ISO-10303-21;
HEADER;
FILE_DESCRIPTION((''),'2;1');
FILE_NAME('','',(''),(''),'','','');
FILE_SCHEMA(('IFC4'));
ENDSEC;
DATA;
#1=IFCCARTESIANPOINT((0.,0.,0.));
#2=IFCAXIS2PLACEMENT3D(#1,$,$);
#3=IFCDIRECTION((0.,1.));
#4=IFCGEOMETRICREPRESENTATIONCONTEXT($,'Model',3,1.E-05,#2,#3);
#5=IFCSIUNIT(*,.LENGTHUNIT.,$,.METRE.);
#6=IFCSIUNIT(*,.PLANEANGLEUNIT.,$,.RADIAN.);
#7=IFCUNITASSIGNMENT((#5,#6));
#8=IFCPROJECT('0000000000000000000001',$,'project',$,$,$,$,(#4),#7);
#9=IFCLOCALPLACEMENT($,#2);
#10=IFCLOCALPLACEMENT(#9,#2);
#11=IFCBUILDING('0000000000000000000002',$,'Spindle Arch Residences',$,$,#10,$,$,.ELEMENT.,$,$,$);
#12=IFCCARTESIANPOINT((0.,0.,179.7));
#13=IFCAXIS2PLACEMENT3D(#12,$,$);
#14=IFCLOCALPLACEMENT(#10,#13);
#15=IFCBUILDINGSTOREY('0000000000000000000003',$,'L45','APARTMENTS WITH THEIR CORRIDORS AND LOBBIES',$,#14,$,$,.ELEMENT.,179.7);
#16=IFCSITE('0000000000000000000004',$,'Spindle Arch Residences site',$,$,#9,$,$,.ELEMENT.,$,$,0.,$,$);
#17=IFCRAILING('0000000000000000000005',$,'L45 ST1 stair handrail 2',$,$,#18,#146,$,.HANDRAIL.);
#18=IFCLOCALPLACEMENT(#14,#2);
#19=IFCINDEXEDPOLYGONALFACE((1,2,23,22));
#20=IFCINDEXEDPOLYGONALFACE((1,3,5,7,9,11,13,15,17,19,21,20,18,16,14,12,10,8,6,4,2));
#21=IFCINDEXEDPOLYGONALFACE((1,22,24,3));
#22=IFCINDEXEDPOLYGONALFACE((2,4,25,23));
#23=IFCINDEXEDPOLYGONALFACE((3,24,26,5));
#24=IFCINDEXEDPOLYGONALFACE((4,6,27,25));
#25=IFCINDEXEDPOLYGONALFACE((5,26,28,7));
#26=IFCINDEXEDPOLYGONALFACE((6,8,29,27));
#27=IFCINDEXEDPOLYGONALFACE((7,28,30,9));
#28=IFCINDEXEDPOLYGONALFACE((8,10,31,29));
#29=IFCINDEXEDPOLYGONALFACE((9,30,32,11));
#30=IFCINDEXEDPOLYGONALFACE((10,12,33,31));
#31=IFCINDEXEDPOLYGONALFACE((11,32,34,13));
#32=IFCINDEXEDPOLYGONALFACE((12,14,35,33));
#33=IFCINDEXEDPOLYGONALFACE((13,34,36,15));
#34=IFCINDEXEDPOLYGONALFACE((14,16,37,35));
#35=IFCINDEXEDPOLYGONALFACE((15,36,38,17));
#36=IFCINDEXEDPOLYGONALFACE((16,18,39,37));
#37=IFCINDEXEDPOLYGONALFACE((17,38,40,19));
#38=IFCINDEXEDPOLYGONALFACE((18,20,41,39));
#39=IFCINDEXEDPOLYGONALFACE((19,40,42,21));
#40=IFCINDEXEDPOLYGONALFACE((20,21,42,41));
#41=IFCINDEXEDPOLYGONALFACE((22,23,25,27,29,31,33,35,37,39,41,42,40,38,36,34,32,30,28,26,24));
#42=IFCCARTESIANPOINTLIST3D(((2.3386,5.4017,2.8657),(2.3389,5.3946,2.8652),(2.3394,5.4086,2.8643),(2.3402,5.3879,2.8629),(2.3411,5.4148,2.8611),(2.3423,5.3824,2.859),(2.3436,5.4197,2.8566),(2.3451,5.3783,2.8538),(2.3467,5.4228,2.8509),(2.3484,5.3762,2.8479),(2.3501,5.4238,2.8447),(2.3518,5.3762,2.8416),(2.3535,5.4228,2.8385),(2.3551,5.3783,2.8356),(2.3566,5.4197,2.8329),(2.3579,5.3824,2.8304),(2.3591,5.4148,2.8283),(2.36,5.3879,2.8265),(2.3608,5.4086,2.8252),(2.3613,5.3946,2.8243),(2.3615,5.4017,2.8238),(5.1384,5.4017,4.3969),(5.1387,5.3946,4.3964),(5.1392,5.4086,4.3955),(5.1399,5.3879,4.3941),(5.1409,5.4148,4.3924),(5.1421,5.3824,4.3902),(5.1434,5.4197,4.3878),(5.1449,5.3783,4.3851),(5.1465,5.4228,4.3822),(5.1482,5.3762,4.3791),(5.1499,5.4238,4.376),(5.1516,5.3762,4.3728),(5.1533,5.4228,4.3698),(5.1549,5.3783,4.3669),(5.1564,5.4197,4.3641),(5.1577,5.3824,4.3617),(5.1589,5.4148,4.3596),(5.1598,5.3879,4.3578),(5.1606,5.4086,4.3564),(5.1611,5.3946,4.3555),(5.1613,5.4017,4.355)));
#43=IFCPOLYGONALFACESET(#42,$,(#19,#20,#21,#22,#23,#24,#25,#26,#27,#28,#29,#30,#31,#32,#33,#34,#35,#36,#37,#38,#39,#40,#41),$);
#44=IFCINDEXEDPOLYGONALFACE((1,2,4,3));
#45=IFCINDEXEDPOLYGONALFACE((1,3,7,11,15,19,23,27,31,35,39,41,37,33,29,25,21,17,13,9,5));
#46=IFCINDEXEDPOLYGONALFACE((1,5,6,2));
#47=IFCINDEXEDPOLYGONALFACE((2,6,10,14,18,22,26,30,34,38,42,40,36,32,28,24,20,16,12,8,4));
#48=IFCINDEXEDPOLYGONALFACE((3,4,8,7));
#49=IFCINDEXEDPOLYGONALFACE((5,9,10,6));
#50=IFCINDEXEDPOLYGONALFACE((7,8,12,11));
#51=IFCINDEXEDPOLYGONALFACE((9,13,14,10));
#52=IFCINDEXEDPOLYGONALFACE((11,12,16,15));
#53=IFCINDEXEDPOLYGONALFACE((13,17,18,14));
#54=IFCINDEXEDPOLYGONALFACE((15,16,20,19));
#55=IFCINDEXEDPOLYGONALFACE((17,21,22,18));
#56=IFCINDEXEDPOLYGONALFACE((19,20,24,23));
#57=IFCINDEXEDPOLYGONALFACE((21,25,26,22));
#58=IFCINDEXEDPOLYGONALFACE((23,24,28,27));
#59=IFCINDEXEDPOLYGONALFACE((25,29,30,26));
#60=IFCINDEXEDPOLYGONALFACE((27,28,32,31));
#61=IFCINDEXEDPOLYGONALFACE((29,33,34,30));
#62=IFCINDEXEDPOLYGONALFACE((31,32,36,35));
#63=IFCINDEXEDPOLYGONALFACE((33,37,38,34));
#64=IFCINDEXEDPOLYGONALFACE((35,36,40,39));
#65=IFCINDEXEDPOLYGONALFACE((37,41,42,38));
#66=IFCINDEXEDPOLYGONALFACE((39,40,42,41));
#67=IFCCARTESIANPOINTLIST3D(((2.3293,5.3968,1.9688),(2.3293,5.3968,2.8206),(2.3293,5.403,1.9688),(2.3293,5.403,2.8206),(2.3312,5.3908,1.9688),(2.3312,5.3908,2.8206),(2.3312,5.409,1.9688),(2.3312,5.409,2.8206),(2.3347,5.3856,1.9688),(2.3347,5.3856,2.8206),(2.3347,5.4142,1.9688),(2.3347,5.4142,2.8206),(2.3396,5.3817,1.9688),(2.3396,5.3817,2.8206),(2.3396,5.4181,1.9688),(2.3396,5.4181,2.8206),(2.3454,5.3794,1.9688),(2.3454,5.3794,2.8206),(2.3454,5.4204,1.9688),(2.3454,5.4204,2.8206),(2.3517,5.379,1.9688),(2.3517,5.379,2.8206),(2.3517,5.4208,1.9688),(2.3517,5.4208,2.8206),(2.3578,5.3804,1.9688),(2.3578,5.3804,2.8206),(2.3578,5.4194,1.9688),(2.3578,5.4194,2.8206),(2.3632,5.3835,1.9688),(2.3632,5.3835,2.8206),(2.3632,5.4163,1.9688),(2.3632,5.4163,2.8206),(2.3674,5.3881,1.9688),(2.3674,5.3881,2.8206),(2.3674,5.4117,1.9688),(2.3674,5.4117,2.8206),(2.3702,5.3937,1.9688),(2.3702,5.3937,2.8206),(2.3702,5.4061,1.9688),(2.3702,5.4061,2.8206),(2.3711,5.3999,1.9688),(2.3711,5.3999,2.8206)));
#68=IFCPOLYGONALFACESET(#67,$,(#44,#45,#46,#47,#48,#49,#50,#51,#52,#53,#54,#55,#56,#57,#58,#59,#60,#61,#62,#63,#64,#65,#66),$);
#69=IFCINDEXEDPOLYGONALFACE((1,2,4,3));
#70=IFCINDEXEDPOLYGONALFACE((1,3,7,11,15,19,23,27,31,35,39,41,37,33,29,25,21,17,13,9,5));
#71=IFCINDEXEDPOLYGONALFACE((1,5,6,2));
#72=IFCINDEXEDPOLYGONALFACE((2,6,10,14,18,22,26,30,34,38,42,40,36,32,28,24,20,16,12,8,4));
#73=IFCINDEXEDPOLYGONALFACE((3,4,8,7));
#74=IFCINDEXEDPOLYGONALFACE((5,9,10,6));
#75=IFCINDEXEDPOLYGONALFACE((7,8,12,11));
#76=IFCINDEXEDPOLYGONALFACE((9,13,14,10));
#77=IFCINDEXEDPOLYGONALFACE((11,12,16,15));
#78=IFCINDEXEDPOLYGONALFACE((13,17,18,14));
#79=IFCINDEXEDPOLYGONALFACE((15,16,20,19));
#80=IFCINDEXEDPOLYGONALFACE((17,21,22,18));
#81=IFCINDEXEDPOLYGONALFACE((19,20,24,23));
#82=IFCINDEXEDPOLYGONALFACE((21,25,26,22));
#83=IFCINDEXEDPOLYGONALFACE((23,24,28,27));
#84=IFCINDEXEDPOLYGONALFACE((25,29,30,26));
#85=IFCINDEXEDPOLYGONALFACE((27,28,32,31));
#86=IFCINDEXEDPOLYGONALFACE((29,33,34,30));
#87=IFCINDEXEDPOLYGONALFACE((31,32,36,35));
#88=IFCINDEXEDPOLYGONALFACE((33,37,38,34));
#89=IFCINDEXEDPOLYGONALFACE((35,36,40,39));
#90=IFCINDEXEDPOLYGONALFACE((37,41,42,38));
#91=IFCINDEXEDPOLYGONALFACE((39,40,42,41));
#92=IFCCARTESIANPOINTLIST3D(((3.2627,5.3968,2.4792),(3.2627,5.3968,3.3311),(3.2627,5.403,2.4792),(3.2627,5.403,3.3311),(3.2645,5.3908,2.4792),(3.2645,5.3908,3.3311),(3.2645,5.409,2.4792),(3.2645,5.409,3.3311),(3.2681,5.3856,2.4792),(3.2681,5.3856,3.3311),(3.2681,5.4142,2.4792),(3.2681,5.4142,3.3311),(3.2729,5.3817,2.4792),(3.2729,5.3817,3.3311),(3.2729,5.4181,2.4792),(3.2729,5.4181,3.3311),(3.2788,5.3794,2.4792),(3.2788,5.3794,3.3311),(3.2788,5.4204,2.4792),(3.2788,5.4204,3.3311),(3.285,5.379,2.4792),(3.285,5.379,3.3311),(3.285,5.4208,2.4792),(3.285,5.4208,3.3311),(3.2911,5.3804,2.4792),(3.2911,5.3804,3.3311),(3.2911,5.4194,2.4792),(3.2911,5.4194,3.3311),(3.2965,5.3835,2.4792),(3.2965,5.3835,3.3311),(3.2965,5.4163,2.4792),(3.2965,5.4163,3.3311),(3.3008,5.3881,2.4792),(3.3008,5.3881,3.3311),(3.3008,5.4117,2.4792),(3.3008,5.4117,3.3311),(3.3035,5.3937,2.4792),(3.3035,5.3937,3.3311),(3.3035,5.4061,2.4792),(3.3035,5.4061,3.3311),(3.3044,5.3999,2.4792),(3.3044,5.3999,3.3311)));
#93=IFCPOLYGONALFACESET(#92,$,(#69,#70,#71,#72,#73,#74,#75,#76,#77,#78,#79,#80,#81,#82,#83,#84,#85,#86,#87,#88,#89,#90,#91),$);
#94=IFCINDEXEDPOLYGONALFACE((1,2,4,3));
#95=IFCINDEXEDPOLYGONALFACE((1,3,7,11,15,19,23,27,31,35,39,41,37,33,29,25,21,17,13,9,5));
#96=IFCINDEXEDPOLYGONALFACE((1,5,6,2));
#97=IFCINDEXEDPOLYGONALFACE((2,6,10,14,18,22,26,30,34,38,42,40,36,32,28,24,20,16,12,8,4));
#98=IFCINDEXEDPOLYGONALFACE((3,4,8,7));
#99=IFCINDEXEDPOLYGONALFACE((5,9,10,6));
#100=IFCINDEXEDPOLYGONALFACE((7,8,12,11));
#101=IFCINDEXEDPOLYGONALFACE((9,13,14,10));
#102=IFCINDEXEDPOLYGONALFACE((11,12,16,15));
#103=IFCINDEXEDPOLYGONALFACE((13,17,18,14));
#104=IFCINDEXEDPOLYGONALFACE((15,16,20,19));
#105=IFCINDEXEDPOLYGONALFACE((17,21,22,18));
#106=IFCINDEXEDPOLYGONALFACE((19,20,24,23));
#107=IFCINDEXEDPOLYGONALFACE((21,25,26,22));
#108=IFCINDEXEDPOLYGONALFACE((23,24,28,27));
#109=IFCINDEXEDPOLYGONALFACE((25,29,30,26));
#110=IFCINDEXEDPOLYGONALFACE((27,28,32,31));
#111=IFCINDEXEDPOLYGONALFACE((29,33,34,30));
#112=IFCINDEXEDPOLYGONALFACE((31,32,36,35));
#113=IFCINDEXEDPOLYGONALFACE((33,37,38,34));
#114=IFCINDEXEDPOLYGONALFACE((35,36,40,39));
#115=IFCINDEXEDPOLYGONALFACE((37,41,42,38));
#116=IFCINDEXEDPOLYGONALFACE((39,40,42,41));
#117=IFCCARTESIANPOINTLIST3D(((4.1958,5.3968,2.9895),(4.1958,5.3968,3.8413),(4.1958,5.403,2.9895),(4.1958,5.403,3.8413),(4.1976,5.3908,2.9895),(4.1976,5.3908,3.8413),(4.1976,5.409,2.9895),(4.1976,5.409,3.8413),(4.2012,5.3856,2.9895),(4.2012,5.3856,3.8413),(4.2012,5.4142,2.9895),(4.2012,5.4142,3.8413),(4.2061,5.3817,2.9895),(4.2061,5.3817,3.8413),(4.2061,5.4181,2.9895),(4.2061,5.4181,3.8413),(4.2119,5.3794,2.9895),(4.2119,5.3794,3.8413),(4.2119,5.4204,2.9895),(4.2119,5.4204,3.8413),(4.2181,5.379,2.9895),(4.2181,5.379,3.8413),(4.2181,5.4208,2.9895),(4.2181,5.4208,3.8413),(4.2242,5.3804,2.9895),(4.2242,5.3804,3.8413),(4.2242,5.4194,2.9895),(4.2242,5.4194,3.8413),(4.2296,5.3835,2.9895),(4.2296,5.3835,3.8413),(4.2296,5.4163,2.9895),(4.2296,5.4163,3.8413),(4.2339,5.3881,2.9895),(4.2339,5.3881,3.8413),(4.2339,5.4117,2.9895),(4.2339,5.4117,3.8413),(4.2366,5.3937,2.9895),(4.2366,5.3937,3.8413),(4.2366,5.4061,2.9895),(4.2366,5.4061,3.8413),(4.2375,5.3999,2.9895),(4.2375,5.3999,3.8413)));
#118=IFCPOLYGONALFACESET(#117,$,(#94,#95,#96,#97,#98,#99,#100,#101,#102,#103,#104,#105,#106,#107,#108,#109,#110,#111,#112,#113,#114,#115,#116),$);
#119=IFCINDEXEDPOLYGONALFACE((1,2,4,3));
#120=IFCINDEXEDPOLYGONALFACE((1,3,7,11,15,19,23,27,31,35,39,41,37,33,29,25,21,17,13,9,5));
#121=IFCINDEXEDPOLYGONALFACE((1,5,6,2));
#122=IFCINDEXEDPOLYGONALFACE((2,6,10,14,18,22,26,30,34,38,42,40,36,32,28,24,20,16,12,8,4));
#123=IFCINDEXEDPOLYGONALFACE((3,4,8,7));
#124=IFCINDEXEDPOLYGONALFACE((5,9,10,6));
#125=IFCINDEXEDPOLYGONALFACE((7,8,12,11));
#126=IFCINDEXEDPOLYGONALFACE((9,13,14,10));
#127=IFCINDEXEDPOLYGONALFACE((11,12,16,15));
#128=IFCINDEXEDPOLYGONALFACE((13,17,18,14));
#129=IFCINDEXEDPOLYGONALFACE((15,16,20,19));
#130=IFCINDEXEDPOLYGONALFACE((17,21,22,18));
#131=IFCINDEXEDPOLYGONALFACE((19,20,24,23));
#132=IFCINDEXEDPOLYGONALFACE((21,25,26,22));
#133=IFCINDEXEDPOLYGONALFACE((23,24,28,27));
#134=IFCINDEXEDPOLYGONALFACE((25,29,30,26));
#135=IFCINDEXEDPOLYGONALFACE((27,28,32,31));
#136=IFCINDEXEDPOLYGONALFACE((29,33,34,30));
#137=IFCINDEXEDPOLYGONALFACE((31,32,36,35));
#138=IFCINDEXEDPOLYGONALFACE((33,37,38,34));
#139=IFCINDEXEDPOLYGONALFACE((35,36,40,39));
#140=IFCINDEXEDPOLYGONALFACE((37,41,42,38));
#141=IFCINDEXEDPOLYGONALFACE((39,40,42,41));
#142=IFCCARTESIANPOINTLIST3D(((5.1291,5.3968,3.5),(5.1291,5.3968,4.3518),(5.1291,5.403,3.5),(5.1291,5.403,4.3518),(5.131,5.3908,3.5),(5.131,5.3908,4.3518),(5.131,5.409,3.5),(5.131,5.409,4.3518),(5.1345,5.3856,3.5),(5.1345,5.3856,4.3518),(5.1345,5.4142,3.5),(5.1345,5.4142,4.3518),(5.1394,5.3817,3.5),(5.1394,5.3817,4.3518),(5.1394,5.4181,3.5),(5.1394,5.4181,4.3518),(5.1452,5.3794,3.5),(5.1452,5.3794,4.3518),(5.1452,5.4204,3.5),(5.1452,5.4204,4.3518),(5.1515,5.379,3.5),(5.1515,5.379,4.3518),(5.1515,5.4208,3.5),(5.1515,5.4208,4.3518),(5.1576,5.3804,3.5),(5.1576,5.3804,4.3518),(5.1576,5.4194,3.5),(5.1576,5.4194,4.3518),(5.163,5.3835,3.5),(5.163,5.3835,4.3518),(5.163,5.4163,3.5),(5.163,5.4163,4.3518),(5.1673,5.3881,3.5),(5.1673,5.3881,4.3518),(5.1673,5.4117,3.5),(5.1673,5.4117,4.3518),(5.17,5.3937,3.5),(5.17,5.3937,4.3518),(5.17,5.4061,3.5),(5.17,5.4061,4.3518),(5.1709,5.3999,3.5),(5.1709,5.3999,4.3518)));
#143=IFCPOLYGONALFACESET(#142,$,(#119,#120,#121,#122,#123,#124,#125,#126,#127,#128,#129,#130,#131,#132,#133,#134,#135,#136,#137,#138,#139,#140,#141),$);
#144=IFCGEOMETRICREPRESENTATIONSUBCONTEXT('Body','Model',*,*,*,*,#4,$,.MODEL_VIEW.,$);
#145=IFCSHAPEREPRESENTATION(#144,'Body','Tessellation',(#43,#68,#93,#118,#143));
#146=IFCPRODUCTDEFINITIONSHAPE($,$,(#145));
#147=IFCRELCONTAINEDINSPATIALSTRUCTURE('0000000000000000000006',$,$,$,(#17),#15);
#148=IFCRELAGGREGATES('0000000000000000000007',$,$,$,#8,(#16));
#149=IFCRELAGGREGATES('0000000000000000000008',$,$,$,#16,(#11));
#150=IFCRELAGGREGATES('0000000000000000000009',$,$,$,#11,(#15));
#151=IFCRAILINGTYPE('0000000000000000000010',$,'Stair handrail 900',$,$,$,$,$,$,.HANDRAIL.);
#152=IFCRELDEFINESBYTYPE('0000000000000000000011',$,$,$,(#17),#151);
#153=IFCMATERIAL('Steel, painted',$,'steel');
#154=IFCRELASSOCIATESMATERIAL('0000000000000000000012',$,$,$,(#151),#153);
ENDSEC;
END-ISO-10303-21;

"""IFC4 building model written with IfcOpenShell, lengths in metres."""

from ifc_helpers import new_model, si_unit, direction, frame, origin, origin_2d, place, context, subcontext, project, spatial, circle, extrude, material, type_object, element, save


model = new_model("IFC4")

# Units and contexts
model_context = context("Model", 3, precision=1e-05, world=origin(), true_north=direction((0.0, 1.0)))
body_context = subcontext(model_context, "Body", "Model", "MODEL_VIEW")
ifc_project = project(units=[si_unit("LENGTHUNIT", "METRE"), si_unit("PLANEANGLEUNIT", "RADIAN")], contexts=[model_context])

# Site, building, storey
site_placement = place(None, origin())
site = spatial("IfcSite", under=ifc_project, at=site_placement, Name="Spindle Arch Residences site", CompositionType="ELEMENT", RefElevation=0.0)
building_placement = place(site_placement, origin())
building = spatial("IfcBuilding", under=site, at=building_placement, Name="Spindle Arch Residences", CompositionType="ELEMENT")
storey_placement = place(building_placement, frame((0.0, 0.0, 179.7)))
storey = spatial("IfcBuildingStorey", under=building, at=storey_placement, Name="L45", Description="APARTMENTS WITH THEIR CORRIDORS AND LOBBIES", CompositionType="ELEMENT", Elevation=179.7)

# Railing
ifc_material_1 = material(Name="Steel, painted", Category="steel")
railing_type_1 = type_object("IfcRailingType", Name="Stair handrail 900", PredefinedType="HANDRAIL", material=ifc_material_1)
railing_1_placement = place(storey_placement, frame((2.3501, 5.3999, 1.9688)))
element("IfcRailing", 1, at=railing_1_placement, inside=storey, type_object=railing_type_1, Name="L45 ST1 stair handrail 2", PredefinedType="HANDRAIL", context=body_context, shape_type="SweptSolid", body=[
    extrude(circle(Radius=0.0239, at=origin_2d()), frame((0.0, 0.0, 0.876), z_axis=(0.877357, 0.0, 0.479838), x_axis=(0.0, 1.0, 0.0)), (0.0, 0.0, 1.0), 3.1912),
    extrude(circle(Radius=0.021, at=origin_2d()), origin(), (0.0, 0.0, 1.0), 0.8518),
    extrude(circle(Radius=0.021, at=origin_2d()), frame((0.9333, 0.0, 0.5105)), (0.0, 0.0, 1.0), 0.8518),
    extrude(circle(Radius=0.021, at=origin_2d()), frame((1.8665, 0.0, 1.0208)), (0.0, 0.0, 1.0), 0.8518),
    extrude(circle(Radius=0.021, at=origin_2d()), frame((2.7998, 0.0, 1.5312)), (0.0, 0.0, 1.0), 0.8518),
])

save(model, "model.ifc")
